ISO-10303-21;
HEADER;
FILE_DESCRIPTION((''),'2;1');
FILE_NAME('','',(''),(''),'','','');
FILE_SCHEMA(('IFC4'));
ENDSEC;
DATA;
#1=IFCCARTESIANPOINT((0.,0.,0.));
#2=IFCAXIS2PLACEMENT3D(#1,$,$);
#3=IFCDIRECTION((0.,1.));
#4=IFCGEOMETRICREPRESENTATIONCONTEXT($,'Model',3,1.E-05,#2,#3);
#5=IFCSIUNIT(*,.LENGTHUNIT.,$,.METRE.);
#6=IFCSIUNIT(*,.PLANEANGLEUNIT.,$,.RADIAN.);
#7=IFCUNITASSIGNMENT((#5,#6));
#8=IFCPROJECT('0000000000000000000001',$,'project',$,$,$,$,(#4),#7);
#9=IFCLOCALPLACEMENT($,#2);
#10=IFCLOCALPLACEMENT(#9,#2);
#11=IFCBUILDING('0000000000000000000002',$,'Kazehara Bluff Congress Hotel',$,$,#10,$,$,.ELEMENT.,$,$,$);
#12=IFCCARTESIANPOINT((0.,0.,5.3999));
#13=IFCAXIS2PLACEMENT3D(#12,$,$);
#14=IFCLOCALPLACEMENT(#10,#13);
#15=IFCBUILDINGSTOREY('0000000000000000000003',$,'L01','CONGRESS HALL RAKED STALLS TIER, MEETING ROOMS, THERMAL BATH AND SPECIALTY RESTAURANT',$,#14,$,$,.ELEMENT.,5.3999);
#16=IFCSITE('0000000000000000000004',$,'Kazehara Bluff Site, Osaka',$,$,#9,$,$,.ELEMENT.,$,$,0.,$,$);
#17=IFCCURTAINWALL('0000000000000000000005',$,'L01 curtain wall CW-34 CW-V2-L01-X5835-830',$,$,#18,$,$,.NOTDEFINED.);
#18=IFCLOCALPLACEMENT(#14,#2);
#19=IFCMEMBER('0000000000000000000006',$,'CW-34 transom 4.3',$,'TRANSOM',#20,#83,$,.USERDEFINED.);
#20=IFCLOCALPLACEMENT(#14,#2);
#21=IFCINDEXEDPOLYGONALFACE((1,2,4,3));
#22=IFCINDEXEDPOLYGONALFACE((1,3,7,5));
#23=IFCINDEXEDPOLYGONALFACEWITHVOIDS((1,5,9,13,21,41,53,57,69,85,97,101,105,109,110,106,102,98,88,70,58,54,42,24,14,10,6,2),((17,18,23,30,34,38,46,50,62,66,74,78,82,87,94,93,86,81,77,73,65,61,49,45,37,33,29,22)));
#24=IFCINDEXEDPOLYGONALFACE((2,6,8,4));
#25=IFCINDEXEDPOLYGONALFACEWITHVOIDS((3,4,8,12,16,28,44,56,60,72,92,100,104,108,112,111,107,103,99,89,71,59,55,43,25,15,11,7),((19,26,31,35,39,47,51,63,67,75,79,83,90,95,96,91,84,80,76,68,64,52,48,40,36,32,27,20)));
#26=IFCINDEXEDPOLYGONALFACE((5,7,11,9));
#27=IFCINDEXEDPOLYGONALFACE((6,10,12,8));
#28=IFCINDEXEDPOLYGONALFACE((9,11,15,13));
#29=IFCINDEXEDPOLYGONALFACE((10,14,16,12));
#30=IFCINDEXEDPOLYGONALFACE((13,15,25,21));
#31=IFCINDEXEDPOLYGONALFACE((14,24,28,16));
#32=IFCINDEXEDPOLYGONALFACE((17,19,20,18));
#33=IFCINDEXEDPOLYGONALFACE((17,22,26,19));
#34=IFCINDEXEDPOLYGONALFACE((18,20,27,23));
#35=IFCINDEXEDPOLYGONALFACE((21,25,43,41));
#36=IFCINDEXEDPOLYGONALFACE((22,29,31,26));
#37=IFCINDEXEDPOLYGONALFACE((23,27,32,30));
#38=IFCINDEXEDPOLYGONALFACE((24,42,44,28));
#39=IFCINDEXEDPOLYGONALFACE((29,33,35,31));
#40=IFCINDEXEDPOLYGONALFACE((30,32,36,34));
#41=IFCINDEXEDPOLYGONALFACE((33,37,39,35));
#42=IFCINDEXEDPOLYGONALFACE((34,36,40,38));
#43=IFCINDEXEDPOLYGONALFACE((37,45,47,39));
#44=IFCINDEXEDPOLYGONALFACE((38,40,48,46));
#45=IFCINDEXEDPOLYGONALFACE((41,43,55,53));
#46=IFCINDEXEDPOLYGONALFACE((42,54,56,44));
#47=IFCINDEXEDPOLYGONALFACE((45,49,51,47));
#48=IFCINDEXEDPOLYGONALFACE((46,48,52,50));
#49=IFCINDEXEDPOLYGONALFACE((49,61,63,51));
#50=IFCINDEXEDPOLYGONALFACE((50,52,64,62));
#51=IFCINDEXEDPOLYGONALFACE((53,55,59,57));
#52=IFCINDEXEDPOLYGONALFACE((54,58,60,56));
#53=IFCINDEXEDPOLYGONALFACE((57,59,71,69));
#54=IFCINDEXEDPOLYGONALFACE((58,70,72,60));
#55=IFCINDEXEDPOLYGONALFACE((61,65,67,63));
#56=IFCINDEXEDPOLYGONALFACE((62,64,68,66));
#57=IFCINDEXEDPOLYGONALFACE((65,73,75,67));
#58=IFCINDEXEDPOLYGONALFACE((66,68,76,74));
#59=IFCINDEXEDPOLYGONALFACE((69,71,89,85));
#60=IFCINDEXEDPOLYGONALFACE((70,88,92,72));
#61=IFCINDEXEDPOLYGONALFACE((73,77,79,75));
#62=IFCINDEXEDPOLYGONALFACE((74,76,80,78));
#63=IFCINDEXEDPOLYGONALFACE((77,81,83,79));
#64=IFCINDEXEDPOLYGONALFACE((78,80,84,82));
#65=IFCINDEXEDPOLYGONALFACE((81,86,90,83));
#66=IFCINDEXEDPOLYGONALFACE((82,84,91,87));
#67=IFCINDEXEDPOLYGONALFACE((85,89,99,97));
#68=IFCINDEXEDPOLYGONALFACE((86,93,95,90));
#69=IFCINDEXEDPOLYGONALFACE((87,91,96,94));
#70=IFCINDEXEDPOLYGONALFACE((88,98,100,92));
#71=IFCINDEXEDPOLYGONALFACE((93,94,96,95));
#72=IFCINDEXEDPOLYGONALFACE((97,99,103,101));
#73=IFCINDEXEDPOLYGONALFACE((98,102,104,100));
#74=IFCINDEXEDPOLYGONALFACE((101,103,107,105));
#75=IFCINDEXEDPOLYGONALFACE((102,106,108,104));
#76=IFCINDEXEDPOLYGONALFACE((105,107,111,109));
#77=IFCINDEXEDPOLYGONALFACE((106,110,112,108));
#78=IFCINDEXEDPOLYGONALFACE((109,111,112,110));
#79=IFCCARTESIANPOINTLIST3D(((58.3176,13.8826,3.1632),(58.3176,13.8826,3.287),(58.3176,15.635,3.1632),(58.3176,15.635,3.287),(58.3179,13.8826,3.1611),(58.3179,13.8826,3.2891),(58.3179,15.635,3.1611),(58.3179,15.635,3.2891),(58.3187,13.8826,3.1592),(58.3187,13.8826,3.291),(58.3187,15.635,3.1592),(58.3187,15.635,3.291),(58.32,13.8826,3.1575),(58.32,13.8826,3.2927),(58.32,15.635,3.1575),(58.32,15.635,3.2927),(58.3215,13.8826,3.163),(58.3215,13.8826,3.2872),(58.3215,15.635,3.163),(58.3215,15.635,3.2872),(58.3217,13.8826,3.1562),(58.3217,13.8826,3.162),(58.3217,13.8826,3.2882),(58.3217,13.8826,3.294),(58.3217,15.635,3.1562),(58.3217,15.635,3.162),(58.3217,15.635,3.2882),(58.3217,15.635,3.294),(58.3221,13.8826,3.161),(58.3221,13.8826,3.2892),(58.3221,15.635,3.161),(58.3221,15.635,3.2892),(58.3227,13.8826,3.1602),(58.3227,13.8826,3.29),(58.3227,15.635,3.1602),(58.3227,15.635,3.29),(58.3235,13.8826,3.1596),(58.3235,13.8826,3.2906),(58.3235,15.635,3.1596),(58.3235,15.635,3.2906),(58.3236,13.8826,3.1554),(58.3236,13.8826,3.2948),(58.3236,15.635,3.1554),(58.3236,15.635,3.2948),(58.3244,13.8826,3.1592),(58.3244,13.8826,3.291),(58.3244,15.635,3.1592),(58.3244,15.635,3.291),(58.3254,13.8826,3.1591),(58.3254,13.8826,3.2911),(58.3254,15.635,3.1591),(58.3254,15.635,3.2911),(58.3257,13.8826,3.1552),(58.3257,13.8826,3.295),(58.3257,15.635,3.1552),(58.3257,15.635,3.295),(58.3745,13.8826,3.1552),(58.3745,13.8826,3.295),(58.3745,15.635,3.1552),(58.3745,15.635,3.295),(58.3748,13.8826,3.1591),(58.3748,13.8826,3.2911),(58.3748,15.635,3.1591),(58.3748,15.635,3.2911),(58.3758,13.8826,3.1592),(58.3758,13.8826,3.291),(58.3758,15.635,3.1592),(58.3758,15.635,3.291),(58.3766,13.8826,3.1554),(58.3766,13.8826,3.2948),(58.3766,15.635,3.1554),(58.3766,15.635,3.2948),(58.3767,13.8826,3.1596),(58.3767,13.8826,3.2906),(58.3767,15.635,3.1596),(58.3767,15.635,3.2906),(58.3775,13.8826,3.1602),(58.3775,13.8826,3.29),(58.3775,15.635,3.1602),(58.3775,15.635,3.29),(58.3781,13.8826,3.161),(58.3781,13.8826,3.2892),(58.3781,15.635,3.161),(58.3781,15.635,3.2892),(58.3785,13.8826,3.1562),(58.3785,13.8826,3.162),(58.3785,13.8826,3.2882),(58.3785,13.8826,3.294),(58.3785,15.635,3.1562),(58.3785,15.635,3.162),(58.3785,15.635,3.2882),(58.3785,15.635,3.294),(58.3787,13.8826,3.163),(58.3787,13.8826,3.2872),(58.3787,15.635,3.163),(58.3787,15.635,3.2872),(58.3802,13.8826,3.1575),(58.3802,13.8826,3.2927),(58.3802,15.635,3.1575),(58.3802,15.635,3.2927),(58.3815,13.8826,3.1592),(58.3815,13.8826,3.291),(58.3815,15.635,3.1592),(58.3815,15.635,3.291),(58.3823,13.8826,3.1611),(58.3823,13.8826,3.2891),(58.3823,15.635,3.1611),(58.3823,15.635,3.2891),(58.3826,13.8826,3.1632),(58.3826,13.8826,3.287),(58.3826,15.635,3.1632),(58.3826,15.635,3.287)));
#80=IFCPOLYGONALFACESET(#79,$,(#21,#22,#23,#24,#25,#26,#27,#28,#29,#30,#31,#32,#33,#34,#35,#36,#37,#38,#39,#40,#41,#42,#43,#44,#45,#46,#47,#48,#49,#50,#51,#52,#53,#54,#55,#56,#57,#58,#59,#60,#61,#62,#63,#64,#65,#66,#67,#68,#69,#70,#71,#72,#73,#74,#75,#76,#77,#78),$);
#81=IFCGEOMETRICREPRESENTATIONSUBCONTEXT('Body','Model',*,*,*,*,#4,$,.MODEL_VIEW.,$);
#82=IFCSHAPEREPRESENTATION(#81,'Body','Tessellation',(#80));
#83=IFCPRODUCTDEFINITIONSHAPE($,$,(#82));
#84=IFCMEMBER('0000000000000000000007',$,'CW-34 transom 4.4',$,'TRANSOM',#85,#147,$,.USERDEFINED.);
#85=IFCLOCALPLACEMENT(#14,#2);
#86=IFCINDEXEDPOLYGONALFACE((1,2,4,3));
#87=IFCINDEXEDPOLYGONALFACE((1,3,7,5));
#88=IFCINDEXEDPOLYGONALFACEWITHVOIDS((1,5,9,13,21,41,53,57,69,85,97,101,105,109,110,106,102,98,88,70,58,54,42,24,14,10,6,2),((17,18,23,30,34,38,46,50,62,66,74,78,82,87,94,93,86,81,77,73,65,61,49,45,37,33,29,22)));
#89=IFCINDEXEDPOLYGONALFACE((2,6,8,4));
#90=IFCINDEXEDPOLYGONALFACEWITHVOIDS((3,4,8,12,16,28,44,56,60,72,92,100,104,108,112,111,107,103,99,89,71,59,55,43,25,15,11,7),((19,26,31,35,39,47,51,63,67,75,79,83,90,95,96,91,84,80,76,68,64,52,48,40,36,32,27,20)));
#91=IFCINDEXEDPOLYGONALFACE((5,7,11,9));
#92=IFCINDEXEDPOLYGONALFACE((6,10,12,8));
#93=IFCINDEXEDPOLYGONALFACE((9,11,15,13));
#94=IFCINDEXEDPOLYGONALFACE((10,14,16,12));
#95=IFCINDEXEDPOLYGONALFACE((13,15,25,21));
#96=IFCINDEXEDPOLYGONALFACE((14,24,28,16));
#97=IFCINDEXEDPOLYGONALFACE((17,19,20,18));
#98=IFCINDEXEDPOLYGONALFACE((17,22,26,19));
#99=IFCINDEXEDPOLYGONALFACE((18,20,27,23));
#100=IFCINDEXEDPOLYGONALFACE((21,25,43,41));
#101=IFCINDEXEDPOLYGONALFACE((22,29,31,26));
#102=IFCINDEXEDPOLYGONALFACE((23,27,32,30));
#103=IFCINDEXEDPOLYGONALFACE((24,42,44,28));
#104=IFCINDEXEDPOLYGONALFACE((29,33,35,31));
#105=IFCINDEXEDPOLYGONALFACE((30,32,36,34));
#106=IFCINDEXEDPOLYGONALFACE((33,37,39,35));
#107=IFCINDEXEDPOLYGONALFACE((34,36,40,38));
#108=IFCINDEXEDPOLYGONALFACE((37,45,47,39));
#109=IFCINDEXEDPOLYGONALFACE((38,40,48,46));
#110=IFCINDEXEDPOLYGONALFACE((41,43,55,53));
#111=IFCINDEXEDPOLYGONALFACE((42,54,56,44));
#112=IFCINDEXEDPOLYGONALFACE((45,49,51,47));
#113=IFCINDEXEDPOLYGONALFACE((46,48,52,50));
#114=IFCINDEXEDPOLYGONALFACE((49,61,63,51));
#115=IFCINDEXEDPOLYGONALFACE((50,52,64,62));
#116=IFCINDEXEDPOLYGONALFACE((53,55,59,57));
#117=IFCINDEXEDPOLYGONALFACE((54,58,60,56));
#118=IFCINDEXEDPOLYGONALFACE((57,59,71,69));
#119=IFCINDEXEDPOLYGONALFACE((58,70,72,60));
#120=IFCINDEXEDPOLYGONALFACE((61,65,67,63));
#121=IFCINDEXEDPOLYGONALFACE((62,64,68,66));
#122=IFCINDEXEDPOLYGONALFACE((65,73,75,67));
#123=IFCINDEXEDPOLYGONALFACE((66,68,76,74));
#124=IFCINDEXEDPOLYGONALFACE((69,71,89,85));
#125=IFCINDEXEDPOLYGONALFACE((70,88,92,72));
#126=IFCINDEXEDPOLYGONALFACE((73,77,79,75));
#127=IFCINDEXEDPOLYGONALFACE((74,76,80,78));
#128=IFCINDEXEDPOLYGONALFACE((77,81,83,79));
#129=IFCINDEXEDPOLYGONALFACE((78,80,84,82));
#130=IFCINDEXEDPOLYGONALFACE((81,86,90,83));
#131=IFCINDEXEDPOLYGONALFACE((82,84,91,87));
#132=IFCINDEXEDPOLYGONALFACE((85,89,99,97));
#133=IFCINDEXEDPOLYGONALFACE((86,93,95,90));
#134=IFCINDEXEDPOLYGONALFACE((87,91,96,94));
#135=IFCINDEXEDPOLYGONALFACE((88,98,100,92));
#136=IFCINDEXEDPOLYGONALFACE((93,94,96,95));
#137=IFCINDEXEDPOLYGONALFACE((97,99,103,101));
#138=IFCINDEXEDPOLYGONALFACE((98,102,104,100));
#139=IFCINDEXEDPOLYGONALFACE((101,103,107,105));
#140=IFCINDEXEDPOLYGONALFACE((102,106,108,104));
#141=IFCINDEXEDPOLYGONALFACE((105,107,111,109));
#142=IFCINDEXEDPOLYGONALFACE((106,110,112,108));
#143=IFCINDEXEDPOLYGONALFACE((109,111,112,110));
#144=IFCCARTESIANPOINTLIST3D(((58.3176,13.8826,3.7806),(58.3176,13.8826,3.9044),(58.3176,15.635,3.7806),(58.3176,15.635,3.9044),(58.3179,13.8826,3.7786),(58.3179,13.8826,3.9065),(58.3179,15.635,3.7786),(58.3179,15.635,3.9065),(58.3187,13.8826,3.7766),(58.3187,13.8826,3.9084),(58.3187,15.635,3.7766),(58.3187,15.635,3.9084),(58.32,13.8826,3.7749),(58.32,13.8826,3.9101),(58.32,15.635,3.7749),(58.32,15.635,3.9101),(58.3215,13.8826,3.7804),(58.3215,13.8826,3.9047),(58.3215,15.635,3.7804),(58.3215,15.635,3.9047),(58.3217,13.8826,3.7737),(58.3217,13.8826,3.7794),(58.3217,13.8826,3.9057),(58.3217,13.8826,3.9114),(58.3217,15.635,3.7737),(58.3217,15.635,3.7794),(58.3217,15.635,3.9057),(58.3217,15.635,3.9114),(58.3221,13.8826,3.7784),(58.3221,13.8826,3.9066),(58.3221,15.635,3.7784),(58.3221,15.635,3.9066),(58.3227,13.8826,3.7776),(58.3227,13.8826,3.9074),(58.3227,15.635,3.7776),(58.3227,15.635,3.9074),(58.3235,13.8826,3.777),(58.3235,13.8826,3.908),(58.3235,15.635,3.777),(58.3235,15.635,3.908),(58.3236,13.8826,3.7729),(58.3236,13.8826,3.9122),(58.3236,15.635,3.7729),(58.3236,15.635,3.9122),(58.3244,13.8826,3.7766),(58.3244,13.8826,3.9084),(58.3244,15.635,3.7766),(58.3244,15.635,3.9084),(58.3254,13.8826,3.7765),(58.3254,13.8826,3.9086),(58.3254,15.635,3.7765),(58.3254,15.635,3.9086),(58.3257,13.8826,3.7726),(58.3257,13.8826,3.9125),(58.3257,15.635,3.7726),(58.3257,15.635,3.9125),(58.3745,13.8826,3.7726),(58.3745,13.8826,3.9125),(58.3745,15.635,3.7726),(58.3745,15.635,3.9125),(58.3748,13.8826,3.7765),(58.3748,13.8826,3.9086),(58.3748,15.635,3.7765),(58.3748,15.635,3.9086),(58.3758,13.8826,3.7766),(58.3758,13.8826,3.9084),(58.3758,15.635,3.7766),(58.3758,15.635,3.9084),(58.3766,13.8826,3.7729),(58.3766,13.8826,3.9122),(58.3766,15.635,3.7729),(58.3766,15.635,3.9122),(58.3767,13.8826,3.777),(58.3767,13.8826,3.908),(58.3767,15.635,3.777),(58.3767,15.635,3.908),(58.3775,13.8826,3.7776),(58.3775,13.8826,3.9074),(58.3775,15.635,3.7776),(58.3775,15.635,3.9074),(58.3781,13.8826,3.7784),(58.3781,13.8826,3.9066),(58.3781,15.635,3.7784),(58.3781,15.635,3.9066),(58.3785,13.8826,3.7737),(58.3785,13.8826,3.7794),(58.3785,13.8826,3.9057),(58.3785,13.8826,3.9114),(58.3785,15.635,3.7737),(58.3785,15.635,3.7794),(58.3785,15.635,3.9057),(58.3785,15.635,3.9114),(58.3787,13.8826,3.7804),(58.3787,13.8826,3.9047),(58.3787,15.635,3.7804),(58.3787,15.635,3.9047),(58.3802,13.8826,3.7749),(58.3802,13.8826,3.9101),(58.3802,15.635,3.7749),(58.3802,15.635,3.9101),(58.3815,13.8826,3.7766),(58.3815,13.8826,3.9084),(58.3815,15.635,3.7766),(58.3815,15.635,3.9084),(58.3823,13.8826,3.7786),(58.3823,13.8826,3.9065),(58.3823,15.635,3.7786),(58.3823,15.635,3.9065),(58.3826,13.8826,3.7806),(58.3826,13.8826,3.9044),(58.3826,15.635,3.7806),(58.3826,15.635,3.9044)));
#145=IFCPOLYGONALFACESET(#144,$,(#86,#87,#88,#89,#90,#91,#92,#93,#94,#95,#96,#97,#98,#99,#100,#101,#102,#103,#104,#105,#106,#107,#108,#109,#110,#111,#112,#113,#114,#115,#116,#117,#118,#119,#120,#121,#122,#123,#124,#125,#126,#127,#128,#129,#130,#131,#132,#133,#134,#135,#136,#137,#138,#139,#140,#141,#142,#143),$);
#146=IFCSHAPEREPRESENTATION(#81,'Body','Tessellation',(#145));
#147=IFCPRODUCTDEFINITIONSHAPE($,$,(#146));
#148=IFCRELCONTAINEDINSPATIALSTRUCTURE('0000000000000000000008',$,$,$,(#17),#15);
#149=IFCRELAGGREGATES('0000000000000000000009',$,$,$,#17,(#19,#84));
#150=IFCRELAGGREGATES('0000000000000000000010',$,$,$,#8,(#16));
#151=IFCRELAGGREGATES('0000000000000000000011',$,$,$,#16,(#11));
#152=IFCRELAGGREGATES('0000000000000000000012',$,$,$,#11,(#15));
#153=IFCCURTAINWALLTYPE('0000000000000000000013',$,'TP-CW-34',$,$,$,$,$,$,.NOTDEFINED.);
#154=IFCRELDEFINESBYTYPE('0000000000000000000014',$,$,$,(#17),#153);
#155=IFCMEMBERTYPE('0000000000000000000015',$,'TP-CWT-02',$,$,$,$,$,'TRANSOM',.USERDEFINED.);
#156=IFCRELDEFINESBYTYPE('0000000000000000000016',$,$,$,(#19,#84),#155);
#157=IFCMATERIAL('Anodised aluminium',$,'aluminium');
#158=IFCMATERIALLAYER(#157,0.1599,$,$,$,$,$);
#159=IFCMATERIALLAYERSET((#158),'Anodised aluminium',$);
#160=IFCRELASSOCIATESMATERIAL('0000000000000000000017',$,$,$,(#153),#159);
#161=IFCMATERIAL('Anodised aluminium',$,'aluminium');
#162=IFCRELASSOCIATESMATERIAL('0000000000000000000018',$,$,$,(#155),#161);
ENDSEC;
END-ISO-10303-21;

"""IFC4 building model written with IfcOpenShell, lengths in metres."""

from ifc_helpers import new_model, si_unit, direction, frame, origin, origin_2d, place, context, subcontext, project, spatial, hollow_rectangle, extrude, material, layer, layer_set, material_profile, profile_set, type_object, element, aggregate, save


model = new_model("IFC4")

# Units and contexts
model_context = context("Model", 3, precision=1e-05, world=origin(), true_north=direction((0.0, 1.0)))
body_context = subcontext(model_context, "Body", "Model", "MODEL_VIEW")
ifc_project = project(units=[si_unit("LENGTHUNIT", "METRE"), si_unit("PLANEANGLEUNIT", "RADIAN")], contexts=[model_context])

# Site, building, storey
site_placement = place(None, origin())
site = spatial("IfcSite", under=ifc_project, at=site_placement, Name="Kazehara Bluff Site, Osaka", CompositionType="ELEMENT", RefElevation=0.0)
building_placement = place(site_placement, origin())
building = spatial("IfcBuilding", under=site, at=building_placement, Name="Kazehara Bluff Congress Hotel", CompositionType="ELEMENT")
storey_placement = place(building_placement, frame((0.0, 0.0, 5.3999)))
storey = spatial("IfcBuildingStorey", under=building, at=storey_placement, Name="L01", Description="CONGRESS HALL RAKED STALLS TIER, MEETING ROOMS, THERMAL BATH AND SPECIALTY RESTAURANT", CompositionType="ELEMENT", Elevation=5.3999)

# Curtain wall
ifc_material_1 = material(Name="Anodised aluminium", Category="aluminium")
ifc_layer_1 = layer(ifc_material_1, 0.1599)
ifc_layer_set_1 = layer_set([ifc_layer_1], Name="Anodised aluminium")
curtain_wall_type = type_object("IfcCurtainWallType", Name="TP-CW-34", PredefinedType="NOTDEFINED", material=ifc_layer_set_1)
curtain_wall_1_placement = place(storey_placement, origin())
curtain_wall_1 = element("IfcCurtainWall", 1, at=curtain_wall_1_placement, inside=storey, type_object=curtain_wall_type, Name="L01 curtain wall CW-34 CW-V2-L01-X5835-830", PredefinedType="NOTDEFINED")

# Members
ifc_material_2 = material(Name="Anodised aluminium", Category="aluminium")
ifc_material_profile_1 = material_profile(ifc_material_2, hollow_rectangle(XDim=0.0649, YDim=0.1399, WallThickness=0.0039, InnerFilletRadius=0.0039, OuterFilletRadius=0.0081, at=origin_2d()))
ifc_profile_set_1 = profile_set([ifc_material_profile_1], Name="Anodised aluminium")
member_type_1 = type_object("IfcMemberType", Name="TP-CWT-02", ElementType="TRANSOM", PredefinedType="USERDEFINED", material=ifc_profile_set_1)
member_1_placement = place(storey_placement, frame((58.3501, 13.8826, 3.2251), z_axis=(0.0, 1.0, 0.0), x_axis=(-1.0, 0.0, 0.0)))
member_1 = element("IfcMember", 2, at=member_1_placement, type_object=member_type_1, Name="CW-34 transom 4.3", ObjectType="TRANSOM", PredefinedType="USERDEFINED", context=body_context, shape_type="SweptSolid", body=[
    extrude(hollow_rectangle(XDim=0.0649, YDim=0.1399, WallThickness=0.0039, InnerFilletRadius=0.0039, OuterFilletRadius=0.0081, at=origin_2d()), origin(), (0.0, 0.0, 1.0), 1.7524),
])
member_2_placement = place(storey_placement, frame((58.3501, 13.8826, 3.8425), z_axis=(0.0, 1.0, 0.0), x_axis=(-1.0, 0.0, 0.0)))
member_2 = element("IfcMember", 3, at=member_2_placement, type_object=member_type_1, Name="CW-34 transom 4.4", ObjectType="TRANSOM", PredefinedType="USERDEFINED", context=body_context, shape_type="SweptSolid", body=[
    extrude(hollow_rectangle(XDim=0.0649, YDim=0.1399, WallThickness=0.0039, InnerFilletRadius=0.0039, OuterFilletRadius=0.0081, at=origin_2d()), origin(), (0.0, 0.0, 1.0), 1.7524),
])

aggregate(curtain_wall_1, [member_1, member_2])

save(model, "model.ifc")
